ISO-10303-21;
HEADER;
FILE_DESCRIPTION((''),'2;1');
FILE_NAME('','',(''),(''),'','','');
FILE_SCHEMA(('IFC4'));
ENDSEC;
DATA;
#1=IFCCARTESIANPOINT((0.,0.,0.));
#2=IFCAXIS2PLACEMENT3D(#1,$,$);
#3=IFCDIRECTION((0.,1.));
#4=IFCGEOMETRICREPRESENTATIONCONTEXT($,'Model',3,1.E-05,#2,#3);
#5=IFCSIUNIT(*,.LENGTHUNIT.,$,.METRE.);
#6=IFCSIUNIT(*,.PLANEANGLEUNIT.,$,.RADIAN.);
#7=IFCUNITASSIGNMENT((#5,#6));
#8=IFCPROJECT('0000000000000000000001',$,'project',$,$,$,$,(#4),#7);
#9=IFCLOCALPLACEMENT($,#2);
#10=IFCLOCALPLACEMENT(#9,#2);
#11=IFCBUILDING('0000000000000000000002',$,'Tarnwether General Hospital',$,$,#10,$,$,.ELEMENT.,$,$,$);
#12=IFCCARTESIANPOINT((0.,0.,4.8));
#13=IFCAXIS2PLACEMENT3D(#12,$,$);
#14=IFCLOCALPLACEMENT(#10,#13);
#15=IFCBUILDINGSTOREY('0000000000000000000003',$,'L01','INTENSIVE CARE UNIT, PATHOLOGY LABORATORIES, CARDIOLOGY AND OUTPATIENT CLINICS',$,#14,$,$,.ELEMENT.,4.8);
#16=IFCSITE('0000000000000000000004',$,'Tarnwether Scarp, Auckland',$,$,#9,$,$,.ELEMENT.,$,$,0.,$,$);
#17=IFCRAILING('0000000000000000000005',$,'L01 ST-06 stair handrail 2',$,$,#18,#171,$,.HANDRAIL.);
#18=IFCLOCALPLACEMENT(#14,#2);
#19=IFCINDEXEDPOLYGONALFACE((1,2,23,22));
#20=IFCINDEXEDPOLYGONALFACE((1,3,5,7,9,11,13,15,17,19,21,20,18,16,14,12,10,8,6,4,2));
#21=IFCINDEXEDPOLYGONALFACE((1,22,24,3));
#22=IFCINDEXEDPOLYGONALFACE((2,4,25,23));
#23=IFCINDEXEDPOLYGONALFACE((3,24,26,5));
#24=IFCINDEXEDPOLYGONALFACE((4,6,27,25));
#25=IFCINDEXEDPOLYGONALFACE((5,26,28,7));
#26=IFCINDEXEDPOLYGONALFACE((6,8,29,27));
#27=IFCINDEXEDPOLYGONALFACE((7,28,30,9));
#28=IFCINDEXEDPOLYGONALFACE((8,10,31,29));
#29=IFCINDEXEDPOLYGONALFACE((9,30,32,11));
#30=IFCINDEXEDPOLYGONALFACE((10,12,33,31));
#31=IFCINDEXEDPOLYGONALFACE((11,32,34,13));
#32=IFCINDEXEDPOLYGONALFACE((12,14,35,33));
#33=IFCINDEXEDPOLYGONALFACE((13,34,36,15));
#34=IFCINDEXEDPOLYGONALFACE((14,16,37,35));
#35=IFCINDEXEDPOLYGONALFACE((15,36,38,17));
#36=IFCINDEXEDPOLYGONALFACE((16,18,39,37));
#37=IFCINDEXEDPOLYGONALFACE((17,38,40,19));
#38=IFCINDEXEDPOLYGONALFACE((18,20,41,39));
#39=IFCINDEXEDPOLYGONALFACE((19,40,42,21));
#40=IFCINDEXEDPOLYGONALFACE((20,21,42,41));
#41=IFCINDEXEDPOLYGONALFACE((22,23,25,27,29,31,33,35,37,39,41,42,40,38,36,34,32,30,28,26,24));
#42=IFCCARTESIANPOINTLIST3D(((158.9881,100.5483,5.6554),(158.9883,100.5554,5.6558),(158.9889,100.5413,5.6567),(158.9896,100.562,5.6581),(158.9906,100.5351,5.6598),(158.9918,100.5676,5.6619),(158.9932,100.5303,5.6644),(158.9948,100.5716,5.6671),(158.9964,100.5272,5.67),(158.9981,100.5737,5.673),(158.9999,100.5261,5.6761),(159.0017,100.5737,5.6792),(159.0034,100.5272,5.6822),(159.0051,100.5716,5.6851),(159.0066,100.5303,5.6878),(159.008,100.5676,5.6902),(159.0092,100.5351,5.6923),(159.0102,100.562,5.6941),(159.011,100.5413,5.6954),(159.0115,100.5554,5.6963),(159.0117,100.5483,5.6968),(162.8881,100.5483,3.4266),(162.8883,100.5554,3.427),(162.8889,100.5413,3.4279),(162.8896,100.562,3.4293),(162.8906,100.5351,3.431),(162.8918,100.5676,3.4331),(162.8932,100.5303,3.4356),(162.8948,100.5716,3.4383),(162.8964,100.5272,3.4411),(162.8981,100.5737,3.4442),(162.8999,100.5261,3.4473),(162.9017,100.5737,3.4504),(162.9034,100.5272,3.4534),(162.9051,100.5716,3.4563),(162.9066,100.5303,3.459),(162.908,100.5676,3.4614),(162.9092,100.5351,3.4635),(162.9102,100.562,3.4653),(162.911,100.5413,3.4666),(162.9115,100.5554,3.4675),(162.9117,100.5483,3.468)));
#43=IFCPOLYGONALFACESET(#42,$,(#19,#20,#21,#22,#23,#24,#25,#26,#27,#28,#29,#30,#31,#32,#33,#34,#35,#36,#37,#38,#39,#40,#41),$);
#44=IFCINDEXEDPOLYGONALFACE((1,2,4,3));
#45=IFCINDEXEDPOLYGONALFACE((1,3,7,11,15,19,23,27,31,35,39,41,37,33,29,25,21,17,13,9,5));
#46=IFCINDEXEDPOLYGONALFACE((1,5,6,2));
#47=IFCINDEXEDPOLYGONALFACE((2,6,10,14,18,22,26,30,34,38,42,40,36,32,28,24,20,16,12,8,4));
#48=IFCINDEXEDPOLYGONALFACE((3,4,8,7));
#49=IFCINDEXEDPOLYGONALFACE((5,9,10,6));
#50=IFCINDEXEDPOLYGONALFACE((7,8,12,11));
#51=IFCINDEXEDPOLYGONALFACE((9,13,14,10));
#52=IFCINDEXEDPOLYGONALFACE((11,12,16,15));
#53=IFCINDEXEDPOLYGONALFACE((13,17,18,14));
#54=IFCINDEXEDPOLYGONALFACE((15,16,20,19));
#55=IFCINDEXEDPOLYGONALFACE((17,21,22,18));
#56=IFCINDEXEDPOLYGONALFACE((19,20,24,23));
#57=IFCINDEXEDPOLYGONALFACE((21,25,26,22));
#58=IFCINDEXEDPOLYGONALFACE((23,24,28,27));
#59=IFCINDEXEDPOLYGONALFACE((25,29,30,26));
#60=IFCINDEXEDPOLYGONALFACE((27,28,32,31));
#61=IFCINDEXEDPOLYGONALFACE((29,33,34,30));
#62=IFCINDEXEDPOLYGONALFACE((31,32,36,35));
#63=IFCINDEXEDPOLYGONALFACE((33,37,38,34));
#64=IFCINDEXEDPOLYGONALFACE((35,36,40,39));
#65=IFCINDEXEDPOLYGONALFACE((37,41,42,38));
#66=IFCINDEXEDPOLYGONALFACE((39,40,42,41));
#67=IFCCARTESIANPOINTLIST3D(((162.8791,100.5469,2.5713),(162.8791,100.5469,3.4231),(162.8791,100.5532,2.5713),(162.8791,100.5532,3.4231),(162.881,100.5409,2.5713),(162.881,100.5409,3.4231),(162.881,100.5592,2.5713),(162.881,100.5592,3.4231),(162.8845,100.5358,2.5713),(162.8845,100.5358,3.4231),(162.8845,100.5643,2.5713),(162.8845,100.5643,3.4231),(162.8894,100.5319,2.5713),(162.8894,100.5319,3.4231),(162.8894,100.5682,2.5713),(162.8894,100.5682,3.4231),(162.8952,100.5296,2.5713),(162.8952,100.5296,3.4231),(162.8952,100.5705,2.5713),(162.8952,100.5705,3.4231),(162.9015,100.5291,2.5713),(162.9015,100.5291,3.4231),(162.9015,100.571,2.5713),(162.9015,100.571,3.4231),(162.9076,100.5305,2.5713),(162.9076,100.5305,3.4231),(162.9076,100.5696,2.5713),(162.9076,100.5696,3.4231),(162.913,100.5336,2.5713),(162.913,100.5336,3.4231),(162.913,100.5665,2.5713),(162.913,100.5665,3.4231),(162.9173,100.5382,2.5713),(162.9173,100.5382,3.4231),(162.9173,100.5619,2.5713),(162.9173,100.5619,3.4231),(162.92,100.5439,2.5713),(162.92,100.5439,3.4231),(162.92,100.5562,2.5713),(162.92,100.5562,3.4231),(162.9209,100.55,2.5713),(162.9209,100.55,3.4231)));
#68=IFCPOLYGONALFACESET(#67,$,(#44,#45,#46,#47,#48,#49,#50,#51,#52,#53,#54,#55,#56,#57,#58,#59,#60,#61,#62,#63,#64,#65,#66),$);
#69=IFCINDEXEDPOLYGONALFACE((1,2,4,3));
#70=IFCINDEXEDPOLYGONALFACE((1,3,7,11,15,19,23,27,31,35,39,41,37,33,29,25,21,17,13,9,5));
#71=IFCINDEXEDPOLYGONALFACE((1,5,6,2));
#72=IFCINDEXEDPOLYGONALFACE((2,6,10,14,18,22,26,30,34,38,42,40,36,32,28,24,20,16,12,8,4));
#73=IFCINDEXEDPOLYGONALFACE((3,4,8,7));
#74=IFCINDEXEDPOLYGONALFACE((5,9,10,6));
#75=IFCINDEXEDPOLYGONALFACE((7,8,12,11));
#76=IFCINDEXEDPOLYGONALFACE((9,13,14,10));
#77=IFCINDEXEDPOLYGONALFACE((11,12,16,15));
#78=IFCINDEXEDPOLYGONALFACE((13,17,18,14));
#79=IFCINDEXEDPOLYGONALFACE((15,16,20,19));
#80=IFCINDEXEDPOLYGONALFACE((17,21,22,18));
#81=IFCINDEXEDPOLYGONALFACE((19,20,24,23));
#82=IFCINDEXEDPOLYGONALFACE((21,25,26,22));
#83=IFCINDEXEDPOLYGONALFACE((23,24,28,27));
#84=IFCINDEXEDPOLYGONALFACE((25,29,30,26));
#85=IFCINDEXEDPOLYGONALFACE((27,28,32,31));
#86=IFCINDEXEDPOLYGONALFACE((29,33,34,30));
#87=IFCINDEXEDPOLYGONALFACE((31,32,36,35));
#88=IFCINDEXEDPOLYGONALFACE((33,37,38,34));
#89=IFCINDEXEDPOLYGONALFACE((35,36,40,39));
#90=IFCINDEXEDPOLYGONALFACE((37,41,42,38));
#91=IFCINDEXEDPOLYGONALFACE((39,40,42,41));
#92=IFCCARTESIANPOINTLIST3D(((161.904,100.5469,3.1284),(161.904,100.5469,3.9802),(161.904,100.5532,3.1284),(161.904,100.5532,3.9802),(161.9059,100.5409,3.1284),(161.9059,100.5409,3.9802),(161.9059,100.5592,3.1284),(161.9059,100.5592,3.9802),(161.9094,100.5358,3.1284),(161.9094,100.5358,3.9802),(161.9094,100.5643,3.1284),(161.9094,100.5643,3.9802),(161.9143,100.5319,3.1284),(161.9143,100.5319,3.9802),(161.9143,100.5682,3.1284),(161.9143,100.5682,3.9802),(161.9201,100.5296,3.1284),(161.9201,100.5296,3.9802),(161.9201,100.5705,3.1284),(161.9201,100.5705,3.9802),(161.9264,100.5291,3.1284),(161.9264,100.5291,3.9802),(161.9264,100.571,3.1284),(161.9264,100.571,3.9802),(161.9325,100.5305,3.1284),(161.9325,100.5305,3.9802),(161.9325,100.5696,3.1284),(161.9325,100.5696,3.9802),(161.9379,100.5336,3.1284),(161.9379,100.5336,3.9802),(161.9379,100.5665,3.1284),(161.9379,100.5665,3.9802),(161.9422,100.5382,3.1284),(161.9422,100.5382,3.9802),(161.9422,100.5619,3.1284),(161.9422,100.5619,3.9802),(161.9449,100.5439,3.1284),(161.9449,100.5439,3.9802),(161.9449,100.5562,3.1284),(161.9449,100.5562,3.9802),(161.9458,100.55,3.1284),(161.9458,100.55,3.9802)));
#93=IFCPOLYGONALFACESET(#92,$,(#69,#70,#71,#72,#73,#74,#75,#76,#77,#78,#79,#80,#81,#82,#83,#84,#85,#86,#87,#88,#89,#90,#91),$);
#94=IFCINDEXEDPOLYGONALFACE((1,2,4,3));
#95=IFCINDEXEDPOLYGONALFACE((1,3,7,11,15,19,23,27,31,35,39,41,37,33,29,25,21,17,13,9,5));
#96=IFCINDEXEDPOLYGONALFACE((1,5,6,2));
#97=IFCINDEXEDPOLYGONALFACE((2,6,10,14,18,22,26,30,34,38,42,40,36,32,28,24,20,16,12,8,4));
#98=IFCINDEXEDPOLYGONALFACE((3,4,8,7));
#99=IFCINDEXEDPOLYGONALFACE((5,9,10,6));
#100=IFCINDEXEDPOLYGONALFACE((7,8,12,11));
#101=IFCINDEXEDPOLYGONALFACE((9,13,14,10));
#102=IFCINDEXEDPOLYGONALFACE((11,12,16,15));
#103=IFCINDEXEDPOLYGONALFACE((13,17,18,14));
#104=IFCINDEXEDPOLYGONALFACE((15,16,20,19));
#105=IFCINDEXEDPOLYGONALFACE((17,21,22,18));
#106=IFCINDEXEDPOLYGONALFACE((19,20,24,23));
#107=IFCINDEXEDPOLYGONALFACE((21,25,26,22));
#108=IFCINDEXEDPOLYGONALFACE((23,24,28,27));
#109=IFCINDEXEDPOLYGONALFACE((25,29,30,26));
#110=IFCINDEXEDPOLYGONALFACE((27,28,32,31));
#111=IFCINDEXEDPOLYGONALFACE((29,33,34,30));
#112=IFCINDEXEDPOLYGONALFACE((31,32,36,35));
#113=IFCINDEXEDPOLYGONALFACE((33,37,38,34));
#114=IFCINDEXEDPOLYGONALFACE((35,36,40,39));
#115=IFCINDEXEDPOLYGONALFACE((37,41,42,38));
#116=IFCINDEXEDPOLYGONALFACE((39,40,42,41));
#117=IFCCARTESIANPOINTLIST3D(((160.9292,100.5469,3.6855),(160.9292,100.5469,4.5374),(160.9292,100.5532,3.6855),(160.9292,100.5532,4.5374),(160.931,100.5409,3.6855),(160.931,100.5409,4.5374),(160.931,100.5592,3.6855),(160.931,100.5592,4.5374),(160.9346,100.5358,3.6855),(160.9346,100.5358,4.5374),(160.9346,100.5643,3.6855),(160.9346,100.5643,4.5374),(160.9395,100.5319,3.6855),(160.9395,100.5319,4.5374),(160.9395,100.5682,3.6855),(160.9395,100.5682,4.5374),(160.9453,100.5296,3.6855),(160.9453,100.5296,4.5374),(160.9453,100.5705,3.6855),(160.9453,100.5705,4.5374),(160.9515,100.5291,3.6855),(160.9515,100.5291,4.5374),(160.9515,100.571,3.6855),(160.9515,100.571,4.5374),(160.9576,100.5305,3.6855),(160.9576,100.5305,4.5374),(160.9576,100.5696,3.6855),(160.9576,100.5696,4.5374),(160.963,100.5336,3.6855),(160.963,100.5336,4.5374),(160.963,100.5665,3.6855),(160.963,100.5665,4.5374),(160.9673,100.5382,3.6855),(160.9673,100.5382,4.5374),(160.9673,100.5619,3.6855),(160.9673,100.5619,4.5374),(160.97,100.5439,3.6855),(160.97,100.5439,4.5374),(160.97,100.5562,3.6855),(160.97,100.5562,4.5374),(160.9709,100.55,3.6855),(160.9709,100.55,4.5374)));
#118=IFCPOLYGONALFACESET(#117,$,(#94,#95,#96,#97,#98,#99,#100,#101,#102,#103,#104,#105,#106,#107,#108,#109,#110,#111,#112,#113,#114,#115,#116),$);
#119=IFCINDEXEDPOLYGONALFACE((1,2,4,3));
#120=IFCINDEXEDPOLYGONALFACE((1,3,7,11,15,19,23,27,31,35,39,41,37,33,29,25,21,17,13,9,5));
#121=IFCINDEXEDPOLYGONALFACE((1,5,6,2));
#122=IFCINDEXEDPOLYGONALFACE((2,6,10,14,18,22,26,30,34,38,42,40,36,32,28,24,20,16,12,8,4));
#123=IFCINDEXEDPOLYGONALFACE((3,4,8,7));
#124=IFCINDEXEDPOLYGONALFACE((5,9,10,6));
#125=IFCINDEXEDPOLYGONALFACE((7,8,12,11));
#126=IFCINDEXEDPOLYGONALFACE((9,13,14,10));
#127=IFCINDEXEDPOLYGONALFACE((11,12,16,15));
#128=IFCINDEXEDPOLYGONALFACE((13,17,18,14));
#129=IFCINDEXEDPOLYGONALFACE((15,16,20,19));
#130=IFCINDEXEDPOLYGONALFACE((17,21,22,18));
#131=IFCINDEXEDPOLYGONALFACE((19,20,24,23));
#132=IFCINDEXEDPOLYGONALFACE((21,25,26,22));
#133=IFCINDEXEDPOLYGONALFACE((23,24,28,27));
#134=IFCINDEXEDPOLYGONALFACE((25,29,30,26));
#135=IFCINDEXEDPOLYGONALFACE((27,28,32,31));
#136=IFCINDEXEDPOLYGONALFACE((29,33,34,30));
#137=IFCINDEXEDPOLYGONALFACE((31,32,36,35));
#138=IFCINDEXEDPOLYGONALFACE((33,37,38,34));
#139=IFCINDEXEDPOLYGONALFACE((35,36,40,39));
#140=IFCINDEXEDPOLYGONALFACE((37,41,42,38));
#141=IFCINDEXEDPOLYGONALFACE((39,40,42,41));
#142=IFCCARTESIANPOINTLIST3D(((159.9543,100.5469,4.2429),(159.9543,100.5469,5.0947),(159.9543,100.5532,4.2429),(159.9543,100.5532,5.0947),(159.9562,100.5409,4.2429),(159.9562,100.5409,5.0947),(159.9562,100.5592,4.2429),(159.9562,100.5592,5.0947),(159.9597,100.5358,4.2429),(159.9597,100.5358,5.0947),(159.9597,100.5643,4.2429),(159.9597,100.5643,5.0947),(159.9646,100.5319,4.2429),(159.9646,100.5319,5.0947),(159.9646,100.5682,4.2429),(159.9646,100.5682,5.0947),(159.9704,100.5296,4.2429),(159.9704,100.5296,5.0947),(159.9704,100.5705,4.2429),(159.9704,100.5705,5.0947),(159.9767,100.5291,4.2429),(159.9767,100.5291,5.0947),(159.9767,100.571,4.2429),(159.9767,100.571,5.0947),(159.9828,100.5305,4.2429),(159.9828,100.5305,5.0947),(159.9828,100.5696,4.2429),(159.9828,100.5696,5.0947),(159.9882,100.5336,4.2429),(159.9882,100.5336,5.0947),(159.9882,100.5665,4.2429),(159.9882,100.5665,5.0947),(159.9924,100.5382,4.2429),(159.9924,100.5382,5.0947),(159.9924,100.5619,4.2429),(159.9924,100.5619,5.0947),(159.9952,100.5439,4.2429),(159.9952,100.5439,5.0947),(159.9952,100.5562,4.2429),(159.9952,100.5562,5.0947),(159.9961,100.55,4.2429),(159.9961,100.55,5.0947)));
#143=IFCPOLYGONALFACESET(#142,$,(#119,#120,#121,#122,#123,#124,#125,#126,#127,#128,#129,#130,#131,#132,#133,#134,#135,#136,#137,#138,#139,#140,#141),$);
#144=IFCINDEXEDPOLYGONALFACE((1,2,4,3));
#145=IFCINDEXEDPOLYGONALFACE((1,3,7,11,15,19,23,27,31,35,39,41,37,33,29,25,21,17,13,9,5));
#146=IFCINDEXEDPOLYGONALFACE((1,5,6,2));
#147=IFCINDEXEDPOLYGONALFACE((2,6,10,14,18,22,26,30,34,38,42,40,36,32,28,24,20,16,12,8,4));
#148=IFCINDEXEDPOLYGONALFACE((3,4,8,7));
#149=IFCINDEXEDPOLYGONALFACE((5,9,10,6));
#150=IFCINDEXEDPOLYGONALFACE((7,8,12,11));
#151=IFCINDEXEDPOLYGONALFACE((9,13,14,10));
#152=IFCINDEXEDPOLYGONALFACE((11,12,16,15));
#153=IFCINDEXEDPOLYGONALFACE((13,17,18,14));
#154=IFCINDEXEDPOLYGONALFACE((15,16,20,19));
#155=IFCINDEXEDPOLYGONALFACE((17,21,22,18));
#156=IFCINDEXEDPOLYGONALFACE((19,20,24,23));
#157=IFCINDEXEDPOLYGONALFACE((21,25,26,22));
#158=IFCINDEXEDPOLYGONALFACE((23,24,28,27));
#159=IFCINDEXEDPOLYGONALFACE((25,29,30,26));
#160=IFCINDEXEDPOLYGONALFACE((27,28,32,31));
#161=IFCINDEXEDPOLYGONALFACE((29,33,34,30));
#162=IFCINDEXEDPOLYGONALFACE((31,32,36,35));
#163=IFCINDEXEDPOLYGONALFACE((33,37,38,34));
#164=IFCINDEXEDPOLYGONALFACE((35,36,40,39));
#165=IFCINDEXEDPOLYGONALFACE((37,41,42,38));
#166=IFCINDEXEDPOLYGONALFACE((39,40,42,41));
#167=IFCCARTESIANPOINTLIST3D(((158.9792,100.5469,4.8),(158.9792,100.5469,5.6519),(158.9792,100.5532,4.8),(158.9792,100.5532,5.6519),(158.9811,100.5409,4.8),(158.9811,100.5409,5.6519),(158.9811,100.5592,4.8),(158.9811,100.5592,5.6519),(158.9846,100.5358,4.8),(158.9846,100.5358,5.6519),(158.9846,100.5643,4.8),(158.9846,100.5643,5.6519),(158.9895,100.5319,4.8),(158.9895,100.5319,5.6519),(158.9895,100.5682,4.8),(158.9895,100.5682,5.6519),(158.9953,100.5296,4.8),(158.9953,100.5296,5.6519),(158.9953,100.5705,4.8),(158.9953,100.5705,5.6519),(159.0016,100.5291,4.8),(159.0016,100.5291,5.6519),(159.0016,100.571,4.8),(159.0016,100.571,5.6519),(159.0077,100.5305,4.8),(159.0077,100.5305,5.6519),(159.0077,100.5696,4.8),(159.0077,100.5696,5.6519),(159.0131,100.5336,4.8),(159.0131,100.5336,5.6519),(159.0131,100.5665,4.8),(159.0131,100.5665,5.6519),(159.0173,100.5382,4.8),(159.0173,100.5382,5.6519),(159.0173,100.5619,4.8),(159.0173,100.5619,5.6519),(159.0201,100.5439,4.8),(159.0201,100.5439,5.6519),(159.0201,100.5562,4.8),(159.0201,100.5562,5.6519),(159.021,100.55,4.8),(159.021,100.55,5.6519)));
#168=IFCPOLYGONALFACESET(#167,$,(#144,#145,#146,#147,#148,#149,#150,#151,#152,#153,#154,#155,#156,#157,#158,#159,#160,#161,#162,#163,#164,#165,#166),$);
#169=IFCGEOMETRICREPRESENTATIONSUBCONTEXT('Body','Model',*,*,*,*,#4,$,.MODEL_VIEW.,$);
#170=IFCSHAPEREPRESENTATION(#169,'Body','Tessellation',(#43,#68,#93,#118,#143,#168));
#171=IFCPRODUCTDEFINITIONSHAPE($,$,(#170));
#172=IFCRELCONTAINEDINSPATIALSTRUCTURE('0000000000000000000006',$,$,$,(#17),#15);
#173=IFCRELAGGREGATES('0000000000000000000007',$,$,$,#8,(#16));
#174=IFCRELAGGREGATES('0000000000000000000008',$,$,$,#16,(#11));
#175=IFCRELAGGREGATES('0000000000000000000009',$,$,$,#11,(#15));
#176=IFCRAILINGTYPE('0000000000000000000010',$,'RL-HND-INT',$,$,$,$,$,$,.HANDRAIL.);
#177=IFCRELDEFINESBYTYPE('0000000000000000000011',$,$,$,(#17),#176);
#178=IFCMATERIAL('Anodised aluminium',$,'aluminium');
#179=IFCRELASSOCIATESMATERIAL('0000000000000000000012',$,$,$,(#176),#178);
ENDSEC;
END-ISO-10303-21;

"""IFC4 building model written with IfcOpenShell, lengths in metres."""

from ifc_helpers import new_model, si_unit, direction, frame, origin, origin_2d, place, context, subcontext, project, spatial, circle, extrude, material, type_object, element, save


model = new_model("IFC4")

# Units and contexts
model_context = context("Model", 3, precision=1e-05, world=origin(), true_north=direction((0.0, 1.0)))
body_context = subcontext(model_context, "Body", "Model", "MODEL_VIEW")
ifc_project = project(units=[si_unit("LENGTHUNIT", "METRE"), si_unit("PLANEANGLEUNIT", "RADIAN")], contexts=[model_context])

# Site, building, storey
site_placement = place(None, origin())
site = spatial("IfcSite", under=ifc_project, at=site_placement, Name="Tarnwether Scarp, Auckland", CompositionType="ELEMENT", RefElevation=0.0)
building_placement = place(site_placement, origin())
building = spatial("IfcBuilding", under=site, at=building_placement, Name="Tarnwether General Hospital", CompositionType="ELEMENT")
storey_placement = place(building_placement, frame((0.0, 0.0, 4.8)))
storey = spatial("IfcBuildingStorey", under=building, at=storey_placement, Name="L01", Description="INTENSIVE CARE UNIT, PATHOLOGY LABORATORIES, CARDIOLOGY AND OUTPATIENT CLINICS", CompositionType="ELEMENT", Elevation=4.8)

# Railing
ifc_material_1 = material(Name="Anodised aluminium", Category="aluminium")
railing_type_1 = type_object("IfcRailingType", Name="RL-HND-INT", PredefinedType="HANDRAIL", material=ifc_material_1)
railing_1_placement = place(storey_placement, frame((162.8999, 100.55, 2.5713)))
element("IfcRailing", 1, at=railing_1_placement, inside=storey, type_object=railing_type_1, Name="L01 ST-06 stair handrail 2", PredefinedType="HANDRAIL", context=body_context, shape_type="SweptSolid", body=[
    extrude(circle(Radius=0.0239, at=origin_2d()), frame((0.0, 0.0, 0.876), z_axis=(-0.86822, 0.0, 0.49618), x_axis=(0.0, -1.0, 0.0)), (0.0, 0.0, 1.0), 4.4919),
    extrude(circle(Radius=0.021, at=origin_2d()), origin(), (0.0, 0.0, 1.0), 0.8518),
    extrude(circle(Radius=0.021, at=origin_2d()), frame((-0.9751, 0.0, 0.5571)), (0.0, 0.0, 1.0), 0.8518),
    extrude(circle(Radius=0.021, at=origin_2d()), frame((-1.95, 0.0, 1.1143)), (0.0, 0.0, 1.0), 0.8518),
    extrude(circle(Radius=0.021, at=origin_2d()), frame((-2.9248, 0.0, 1.6716)), (0.0, 0.0, 1.0), 0.8518),
    extrude(circle(Radius=0.021, at=origin_2d()), frame((-3.8999, 0.0, 2.2288)), (0.0, 0.0, 1.0), 0.8518),
])

save(model, "model.ifc")
